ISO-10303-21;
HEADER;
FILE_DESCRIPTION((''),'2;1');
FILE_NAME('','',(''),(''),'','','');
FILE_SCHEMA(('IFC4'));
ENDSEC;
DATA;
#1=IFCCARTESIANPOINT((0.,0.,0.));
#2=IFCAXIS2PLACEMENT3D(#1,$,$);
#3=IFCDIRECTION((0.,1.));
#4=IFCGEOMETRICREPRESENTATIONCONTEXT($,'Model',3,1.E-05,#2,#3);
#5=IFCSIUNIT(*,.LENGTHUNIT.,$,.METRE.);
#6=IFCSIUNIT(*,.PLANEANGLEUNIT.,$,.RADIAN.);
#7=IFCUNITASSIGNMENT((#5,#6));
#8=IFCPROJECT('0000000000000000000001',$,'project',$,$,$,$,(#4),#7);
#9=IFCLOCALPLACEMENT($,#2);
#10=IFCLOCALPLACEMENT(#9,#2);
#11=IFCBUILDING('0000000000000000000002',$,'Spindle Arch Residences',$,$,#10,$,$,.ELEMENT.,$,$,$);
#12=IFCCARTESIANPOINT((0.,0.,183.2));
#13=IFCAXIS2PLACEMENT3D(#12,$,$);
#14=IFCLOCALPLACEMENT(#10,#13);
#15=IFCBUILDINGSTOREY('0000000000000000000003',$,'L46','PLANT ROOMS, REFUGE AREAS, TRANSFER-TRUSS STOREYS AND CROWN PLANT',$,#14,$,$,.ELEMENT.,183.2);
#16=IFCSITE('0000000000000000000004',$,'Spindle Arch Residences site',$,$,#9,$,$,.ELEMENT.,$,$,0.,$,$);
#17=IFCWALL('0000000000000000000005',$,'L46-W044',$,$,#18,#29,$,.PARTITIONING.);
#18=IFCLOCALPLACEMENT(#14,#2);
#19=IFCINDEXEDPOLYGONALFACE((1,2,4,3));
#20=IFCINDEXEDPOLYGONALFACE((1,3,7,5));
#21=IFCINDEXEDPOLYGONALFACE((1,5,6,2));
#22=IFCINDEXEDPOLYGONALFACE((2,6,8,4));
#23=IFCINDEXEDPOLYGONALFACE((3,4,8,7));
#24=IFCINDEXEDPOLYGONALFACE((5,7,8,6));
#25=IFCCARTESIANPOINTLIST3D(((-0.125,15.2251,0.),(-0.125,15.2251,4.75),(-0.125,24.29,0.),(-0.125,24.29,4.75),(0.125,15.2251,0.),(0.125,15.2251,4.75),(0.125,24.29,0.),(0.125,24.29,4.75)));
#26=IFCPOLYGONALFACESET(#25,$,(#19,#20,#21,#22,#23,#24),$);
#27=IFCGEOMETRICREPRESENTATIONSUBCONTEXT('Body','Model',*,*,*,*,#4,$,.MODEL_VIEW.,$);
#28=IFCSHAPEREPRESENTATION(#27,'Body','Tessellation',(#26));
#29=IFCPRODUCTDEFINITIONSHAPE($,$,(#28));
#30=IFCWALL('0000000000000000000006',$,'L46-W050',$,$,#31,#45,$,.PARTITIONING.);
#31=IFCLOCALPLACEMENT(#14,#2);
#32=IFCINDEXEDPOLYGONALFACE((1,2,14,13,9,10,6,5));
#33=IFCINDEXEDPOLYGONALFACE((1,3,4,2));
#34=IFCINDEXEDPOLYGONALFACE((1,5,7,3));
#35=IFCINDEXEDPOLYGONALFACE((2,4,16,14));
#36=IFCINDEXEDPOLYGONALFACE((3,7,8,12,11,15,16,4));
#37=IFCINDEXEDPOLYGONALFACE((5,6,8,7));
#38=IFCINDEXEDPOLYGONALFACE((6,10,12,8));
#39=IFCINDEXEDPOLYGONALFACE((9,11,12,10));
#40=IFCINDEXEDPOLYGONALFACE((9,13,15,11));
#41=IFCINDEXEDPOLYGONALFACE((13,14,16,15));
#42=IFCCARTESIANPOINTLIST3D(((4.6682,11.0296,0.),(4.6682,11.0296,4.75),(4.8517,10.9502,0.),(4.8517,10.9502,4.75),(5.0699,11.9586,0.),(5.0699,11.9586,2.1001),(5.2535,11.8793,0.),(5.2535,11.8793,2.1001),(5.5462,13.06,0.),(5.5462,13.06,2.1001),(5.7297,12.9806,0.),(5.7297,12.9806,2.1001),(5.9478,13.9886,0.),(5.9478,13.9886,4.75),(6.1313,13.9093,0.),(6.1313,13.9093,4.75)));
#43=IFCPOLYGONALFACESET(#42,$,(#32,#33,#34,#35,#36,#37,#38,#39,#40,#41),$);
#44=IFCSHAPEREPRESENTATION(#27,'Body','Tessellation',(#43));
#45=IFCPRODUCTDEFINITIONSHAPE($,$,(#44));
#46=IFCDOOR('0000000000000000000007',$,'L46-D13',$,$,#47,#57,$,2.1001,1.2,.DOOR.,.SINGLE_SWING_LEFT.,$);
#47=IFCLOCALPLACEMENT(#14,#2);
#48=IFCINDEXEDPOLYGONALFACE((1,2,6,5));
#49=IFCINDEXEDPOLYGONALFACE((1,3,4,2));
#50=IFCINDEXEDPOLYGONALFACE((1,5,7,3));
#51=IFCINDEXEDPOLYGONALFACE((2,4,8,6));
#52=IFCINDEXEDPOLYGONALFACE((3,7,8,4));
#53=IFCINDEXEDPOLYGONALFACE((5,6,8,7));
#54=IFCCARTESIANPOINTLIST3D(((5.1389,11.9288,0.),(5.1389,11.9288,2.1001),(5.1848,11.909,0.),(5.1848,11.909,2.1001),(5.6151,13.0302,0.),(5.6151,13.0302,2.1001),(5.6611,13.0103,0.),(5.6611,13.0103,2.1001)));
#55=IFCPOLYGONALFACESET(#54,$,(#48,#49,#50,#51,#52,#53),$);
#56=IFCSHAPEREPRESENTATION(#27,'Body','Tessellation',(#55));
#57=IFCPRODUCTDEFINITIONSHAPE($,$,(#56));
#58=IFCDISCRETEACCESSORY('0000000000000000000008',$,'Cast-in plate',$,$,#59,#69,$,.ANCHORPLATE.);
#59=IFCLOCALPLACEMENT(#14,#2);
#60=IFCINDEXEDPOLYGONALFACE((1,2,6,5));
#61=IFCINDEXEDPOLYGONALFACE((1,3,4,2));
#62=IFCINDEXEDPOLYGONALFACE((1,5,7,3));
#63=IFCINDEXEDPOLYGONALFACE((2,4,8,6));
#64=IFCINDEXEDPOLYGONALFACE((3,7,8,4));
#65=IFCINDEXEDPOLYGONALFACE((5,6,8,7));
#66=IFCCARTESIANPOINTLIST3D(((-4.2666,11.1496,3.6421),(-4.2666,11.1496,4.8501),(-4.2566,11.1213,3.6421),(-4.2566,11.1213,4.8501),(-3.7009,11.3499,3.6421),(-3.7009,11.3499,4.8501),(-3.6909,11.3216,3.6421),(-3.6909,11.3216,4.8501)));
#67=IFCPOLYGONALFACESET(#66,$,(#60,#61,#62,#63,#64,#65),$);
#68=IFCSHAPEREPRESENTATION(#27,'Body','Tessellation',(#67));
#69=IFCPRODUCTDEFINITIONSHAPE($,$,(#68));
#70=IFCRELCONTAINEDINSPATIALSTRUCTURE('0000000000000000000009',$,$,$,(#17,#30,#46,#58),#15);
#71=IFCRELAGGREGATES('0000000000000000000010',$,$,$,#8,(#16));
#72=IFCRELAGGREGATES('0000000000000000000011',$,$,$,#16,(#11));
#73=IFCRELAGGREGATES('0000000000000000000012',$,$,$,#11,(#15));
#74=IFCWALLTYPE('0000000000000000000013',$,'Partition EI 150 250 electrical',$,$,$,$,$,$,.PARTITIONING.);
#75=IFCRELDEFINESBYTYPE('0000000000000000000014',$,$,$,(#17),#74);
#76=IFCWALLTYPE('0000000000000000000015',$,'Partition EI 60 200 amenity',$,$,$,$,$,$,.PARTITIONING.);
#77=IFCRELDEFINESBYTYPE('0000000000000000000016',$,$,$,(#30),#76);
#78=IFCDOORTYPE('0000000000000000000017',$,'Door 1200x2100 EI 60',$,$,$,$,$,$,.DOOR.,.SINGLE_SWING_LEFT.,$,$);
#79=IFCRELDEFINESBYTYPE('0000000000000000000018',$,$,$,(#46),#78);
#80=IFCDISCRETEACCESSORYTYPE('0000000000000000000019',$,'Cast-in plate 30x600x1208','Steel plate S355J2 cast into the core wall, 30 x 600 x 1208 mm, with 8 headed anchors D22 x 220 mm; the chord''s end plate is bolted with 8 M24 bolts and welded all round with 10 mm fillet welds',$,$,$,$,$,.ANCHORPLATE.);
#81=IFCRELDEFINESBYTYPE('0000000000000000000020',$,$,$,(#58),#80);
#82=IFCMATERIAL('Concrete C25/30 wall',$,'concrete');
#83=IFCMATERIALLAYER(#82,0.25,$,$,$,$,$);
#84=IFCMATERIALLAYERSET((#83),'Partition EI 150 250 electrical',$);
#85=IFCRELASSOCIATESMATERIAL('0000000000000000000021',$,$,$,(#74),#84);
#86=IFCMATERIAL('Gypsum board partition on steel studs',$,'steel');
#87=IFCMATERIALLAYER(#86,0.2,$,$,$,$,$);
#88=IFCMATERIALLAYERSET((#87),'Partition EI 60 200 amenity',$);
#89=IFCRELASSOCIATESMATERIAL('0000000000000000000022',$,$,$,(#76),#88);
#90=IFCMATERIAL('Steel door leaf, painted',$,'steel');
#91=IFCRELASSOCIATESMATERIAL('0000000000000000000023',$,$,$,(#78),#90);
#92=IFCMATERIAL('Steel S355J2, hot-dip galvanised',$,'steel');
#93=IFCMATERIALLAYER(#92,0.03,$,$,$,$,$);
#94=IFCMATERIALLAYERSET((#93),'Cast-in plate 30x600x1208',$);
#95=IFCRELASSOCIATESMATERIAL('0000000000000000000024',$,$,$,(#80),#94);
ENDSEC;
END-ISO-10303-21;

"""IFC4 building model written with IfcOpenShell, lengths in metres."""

from ifc_helpers import new_model, si_unit, direction, frame, frame_2d, origin, origin_2d, place, context, subcontext, project, spatial, rectangle, extrude, material, layer, layer_set, type_object, element, fill, save


model = new_model("IFC4")

# Units and contexts
model_context = context("Model", 3, precision=1e-05, world=origin(), true_north=direction((0.0, 1.0)))
body_context = subcontext(model_context, "Body", "Model", "MODEL_VIEW")
ifc_project = project(units=[si_unit("LENGTHUNIT", "METRE"), si_unit("PLANEANGLEUNIT", "RADIAN")], contexts=[model_context])

# Site, building, storey
site_placement = place(None, origin())
site = spatial("IfcSite", under=ifc_project, at=site_placement, Name="Spindle Arch Residences site", CompositionType="ELEMENT", RefElevation=0.0)
building_placement = place(site_placement, origin())
building = spatial("IfcBuilding", under=site, at=building_placement, Name="Spindle Arch Residences", CompositionType="ELEMENT")
storey_placement = place(building_placement, frame((0.0, 0.0, 183.2)))
storey = spatial("IfcBuildingStorey", under=building, at=storey_placement, Name="L46", Description="PLANT ROOMS, REFUGE AREAS, TRANSFER-TRUSS STOREYS AND CROWN PLANT", CompositionType="ELEMENT", Elevation=183.2)

# Shared definitions
ifc_material_1 = material(Name="Concrete C25/30 wall", Category="concrete")
ifc_layer_1 = layer(ifc_material_1, 0.25)
ifc_layer_set_1 = layer_set([ifc_layer_1], Name="Partition EI 150 250 electrical")
wall_type_1 = type_object("IfcWallType", Name="Partition EI 150 250 electrical", PredefinedType="PARTITIONING", material=ifc_layer_set_1)

# Wall
wall_1_placement = place(storey_placement, frame((0.0, 15.2251, 0.0), z_axis=(0.0, 0.0, 1.0), x_axis=(0.0, 1.0, 0.0)))
element("IfcWall", 1, at=wall_1_placement, inside=storey, type_object=wall_type_1, Name="L46-W044", PredefinedType="PARTITIONING", context=body_context, shape_type="SweptSolid", body=[
    extrude(rectangle(XDim=9.0649, YDim=0.25, at=frame_2d((4.5325, 0.0))), origin(), (0.0, 0.0, 1.0), 4.75),
])

# Wall, opening, door
ifc_material_2 = material(Name="Gypsum board partition on steel studs", Category="steel")
ifc_layer_2 = layer(ifc_material_2, 0.2)
ifc_layer_set_2 = layer_set([ifc_layer_2], Name="Partition EI 60 200 amenity")
wall_type_2 = type_object("IfcWallType", Name="Partition EI 60 200 amenity", PredefinedType="PARTITIONING", material=ifc_layer_set_2)
wall_2_placement = place(storey_placement, frame((4.76, 10.99, 0.0), z_axis=(0.0, 0.0, 1.0), x_axis=(0.396906, 0.917859, 0.0)))
wall_2 = element("IfcWall", 2, at=wall_2_placement, inside=storey, type_object=wall_type_2, Name="L46-W050", PredefinedType="PARTITIONING", context=body_context, shape_type="SweptSolid", body=[
    extrude(rectangle(XDim=3.2239, YDim=0.2, at=frame_2d((1.6118, 0.0))), origin(), (0.0, 0.0, 1.0), 4.75),
])
opening_1_placement = place(wall_2_placement, frame((1.012, 0.0, 0.0)))
opening_1 = element("IfcOpeningElement", 3, at=opening_1_placement, cuts=wall_2, PredefinedType="OPENING", context=body_context, shape_type="SweptSolid", body=[
    extrude(rectangle(XDim=1.2, YDim=2.1001, at=frame_2d((0.6001, 1.05))), frame((0.0, 0.1099, 0.0), z_axis=(0.0, -1.0, 0.0), x_axis=(1.0, 0.0, 0.0)), (0.0, 0.0, 1.0), 0.22),
])
ifc_material_3 = material(Name="Steel door leaf, painted", Category="steel")
door_type_1 = type_object("IfcDoorType", Name="Door 1200x2100 EI 60", OperationType="SINGLE_SWING_LEFT", PredefinedType="DOOR", material=ifc_material_3)
door_1_placement = place(opening_1_placement, origin())
door_1 = element("IfcDoor", 4, at=door_1_placement, inside=storey, type_object=door_type_1, Name="L46-D13", OperationType="SINGLE_SWING_LEFT", OverallHeight=2.1001, OverallWidth=1.2, PredefinedType="DOOR", context=body_context, shape_type="SweptSolid", body=[
    extrude(rectangle(XDim=1.2, YDim=2.1001, at=frame_2d((0.6001, 1.05))), frame((0.0, 0.0249, 0.0), z_axis=(0.0, -1.0, 0.0), x_axis=(1.0, 0.0, 0.0)), (0.0, 0.0, 1.0), 0.05),
])
fill(opening_1, door_1)

# Discrete accessory
ifc_material_4 = material(Name="Steel S355J2, hot-dip galvanised", Category="steel")
ifc_layer_3 = layer(ifc_material_4, 0.03)
ifc_layer_set_3 = layer_set([ifc_layer_3], Name="Cast-in plate 30x600x1208")
discrete_accessory_type = type_object("IfcDiscreteAccessoryType", Name="Cast-in plate 30x600x1208", Description="Steel plate S355J2 cast into the core wall, 30 x 600 x 1208 mm, with 8 headed anchors D22 x 220 mm; the chord's end plate is bolted with 8 M24 bolts and welded all round with 10 mm fillet welds", PredefinedType="ANCHORPLATE", material=ifc_layer_set_3)
discrete_accessory_placement = place(storey_placement, frame((-3.9788, 11.2356, 3.6421), z_axis=(0.0, 0.0, 1.0), x_axis=(-0.333805, 0.942642, 0.0)))
element("IfcDiscreteAccessory", 5, at=discrete_accessory_placement, inside=storey, type_object=discrete_accessory_type, Name="Cast-in plate", PredefinedType="ANCHORPLATE", context=body_context, shape_type="SweptSolid", body=[
    extrude(rectangle(XDim=0.03, YDim=0.6001, at=origin_2d()), origin(), (0.0, 0.0, 1.0), 1.208),
])

save(model, "model.ifc")
